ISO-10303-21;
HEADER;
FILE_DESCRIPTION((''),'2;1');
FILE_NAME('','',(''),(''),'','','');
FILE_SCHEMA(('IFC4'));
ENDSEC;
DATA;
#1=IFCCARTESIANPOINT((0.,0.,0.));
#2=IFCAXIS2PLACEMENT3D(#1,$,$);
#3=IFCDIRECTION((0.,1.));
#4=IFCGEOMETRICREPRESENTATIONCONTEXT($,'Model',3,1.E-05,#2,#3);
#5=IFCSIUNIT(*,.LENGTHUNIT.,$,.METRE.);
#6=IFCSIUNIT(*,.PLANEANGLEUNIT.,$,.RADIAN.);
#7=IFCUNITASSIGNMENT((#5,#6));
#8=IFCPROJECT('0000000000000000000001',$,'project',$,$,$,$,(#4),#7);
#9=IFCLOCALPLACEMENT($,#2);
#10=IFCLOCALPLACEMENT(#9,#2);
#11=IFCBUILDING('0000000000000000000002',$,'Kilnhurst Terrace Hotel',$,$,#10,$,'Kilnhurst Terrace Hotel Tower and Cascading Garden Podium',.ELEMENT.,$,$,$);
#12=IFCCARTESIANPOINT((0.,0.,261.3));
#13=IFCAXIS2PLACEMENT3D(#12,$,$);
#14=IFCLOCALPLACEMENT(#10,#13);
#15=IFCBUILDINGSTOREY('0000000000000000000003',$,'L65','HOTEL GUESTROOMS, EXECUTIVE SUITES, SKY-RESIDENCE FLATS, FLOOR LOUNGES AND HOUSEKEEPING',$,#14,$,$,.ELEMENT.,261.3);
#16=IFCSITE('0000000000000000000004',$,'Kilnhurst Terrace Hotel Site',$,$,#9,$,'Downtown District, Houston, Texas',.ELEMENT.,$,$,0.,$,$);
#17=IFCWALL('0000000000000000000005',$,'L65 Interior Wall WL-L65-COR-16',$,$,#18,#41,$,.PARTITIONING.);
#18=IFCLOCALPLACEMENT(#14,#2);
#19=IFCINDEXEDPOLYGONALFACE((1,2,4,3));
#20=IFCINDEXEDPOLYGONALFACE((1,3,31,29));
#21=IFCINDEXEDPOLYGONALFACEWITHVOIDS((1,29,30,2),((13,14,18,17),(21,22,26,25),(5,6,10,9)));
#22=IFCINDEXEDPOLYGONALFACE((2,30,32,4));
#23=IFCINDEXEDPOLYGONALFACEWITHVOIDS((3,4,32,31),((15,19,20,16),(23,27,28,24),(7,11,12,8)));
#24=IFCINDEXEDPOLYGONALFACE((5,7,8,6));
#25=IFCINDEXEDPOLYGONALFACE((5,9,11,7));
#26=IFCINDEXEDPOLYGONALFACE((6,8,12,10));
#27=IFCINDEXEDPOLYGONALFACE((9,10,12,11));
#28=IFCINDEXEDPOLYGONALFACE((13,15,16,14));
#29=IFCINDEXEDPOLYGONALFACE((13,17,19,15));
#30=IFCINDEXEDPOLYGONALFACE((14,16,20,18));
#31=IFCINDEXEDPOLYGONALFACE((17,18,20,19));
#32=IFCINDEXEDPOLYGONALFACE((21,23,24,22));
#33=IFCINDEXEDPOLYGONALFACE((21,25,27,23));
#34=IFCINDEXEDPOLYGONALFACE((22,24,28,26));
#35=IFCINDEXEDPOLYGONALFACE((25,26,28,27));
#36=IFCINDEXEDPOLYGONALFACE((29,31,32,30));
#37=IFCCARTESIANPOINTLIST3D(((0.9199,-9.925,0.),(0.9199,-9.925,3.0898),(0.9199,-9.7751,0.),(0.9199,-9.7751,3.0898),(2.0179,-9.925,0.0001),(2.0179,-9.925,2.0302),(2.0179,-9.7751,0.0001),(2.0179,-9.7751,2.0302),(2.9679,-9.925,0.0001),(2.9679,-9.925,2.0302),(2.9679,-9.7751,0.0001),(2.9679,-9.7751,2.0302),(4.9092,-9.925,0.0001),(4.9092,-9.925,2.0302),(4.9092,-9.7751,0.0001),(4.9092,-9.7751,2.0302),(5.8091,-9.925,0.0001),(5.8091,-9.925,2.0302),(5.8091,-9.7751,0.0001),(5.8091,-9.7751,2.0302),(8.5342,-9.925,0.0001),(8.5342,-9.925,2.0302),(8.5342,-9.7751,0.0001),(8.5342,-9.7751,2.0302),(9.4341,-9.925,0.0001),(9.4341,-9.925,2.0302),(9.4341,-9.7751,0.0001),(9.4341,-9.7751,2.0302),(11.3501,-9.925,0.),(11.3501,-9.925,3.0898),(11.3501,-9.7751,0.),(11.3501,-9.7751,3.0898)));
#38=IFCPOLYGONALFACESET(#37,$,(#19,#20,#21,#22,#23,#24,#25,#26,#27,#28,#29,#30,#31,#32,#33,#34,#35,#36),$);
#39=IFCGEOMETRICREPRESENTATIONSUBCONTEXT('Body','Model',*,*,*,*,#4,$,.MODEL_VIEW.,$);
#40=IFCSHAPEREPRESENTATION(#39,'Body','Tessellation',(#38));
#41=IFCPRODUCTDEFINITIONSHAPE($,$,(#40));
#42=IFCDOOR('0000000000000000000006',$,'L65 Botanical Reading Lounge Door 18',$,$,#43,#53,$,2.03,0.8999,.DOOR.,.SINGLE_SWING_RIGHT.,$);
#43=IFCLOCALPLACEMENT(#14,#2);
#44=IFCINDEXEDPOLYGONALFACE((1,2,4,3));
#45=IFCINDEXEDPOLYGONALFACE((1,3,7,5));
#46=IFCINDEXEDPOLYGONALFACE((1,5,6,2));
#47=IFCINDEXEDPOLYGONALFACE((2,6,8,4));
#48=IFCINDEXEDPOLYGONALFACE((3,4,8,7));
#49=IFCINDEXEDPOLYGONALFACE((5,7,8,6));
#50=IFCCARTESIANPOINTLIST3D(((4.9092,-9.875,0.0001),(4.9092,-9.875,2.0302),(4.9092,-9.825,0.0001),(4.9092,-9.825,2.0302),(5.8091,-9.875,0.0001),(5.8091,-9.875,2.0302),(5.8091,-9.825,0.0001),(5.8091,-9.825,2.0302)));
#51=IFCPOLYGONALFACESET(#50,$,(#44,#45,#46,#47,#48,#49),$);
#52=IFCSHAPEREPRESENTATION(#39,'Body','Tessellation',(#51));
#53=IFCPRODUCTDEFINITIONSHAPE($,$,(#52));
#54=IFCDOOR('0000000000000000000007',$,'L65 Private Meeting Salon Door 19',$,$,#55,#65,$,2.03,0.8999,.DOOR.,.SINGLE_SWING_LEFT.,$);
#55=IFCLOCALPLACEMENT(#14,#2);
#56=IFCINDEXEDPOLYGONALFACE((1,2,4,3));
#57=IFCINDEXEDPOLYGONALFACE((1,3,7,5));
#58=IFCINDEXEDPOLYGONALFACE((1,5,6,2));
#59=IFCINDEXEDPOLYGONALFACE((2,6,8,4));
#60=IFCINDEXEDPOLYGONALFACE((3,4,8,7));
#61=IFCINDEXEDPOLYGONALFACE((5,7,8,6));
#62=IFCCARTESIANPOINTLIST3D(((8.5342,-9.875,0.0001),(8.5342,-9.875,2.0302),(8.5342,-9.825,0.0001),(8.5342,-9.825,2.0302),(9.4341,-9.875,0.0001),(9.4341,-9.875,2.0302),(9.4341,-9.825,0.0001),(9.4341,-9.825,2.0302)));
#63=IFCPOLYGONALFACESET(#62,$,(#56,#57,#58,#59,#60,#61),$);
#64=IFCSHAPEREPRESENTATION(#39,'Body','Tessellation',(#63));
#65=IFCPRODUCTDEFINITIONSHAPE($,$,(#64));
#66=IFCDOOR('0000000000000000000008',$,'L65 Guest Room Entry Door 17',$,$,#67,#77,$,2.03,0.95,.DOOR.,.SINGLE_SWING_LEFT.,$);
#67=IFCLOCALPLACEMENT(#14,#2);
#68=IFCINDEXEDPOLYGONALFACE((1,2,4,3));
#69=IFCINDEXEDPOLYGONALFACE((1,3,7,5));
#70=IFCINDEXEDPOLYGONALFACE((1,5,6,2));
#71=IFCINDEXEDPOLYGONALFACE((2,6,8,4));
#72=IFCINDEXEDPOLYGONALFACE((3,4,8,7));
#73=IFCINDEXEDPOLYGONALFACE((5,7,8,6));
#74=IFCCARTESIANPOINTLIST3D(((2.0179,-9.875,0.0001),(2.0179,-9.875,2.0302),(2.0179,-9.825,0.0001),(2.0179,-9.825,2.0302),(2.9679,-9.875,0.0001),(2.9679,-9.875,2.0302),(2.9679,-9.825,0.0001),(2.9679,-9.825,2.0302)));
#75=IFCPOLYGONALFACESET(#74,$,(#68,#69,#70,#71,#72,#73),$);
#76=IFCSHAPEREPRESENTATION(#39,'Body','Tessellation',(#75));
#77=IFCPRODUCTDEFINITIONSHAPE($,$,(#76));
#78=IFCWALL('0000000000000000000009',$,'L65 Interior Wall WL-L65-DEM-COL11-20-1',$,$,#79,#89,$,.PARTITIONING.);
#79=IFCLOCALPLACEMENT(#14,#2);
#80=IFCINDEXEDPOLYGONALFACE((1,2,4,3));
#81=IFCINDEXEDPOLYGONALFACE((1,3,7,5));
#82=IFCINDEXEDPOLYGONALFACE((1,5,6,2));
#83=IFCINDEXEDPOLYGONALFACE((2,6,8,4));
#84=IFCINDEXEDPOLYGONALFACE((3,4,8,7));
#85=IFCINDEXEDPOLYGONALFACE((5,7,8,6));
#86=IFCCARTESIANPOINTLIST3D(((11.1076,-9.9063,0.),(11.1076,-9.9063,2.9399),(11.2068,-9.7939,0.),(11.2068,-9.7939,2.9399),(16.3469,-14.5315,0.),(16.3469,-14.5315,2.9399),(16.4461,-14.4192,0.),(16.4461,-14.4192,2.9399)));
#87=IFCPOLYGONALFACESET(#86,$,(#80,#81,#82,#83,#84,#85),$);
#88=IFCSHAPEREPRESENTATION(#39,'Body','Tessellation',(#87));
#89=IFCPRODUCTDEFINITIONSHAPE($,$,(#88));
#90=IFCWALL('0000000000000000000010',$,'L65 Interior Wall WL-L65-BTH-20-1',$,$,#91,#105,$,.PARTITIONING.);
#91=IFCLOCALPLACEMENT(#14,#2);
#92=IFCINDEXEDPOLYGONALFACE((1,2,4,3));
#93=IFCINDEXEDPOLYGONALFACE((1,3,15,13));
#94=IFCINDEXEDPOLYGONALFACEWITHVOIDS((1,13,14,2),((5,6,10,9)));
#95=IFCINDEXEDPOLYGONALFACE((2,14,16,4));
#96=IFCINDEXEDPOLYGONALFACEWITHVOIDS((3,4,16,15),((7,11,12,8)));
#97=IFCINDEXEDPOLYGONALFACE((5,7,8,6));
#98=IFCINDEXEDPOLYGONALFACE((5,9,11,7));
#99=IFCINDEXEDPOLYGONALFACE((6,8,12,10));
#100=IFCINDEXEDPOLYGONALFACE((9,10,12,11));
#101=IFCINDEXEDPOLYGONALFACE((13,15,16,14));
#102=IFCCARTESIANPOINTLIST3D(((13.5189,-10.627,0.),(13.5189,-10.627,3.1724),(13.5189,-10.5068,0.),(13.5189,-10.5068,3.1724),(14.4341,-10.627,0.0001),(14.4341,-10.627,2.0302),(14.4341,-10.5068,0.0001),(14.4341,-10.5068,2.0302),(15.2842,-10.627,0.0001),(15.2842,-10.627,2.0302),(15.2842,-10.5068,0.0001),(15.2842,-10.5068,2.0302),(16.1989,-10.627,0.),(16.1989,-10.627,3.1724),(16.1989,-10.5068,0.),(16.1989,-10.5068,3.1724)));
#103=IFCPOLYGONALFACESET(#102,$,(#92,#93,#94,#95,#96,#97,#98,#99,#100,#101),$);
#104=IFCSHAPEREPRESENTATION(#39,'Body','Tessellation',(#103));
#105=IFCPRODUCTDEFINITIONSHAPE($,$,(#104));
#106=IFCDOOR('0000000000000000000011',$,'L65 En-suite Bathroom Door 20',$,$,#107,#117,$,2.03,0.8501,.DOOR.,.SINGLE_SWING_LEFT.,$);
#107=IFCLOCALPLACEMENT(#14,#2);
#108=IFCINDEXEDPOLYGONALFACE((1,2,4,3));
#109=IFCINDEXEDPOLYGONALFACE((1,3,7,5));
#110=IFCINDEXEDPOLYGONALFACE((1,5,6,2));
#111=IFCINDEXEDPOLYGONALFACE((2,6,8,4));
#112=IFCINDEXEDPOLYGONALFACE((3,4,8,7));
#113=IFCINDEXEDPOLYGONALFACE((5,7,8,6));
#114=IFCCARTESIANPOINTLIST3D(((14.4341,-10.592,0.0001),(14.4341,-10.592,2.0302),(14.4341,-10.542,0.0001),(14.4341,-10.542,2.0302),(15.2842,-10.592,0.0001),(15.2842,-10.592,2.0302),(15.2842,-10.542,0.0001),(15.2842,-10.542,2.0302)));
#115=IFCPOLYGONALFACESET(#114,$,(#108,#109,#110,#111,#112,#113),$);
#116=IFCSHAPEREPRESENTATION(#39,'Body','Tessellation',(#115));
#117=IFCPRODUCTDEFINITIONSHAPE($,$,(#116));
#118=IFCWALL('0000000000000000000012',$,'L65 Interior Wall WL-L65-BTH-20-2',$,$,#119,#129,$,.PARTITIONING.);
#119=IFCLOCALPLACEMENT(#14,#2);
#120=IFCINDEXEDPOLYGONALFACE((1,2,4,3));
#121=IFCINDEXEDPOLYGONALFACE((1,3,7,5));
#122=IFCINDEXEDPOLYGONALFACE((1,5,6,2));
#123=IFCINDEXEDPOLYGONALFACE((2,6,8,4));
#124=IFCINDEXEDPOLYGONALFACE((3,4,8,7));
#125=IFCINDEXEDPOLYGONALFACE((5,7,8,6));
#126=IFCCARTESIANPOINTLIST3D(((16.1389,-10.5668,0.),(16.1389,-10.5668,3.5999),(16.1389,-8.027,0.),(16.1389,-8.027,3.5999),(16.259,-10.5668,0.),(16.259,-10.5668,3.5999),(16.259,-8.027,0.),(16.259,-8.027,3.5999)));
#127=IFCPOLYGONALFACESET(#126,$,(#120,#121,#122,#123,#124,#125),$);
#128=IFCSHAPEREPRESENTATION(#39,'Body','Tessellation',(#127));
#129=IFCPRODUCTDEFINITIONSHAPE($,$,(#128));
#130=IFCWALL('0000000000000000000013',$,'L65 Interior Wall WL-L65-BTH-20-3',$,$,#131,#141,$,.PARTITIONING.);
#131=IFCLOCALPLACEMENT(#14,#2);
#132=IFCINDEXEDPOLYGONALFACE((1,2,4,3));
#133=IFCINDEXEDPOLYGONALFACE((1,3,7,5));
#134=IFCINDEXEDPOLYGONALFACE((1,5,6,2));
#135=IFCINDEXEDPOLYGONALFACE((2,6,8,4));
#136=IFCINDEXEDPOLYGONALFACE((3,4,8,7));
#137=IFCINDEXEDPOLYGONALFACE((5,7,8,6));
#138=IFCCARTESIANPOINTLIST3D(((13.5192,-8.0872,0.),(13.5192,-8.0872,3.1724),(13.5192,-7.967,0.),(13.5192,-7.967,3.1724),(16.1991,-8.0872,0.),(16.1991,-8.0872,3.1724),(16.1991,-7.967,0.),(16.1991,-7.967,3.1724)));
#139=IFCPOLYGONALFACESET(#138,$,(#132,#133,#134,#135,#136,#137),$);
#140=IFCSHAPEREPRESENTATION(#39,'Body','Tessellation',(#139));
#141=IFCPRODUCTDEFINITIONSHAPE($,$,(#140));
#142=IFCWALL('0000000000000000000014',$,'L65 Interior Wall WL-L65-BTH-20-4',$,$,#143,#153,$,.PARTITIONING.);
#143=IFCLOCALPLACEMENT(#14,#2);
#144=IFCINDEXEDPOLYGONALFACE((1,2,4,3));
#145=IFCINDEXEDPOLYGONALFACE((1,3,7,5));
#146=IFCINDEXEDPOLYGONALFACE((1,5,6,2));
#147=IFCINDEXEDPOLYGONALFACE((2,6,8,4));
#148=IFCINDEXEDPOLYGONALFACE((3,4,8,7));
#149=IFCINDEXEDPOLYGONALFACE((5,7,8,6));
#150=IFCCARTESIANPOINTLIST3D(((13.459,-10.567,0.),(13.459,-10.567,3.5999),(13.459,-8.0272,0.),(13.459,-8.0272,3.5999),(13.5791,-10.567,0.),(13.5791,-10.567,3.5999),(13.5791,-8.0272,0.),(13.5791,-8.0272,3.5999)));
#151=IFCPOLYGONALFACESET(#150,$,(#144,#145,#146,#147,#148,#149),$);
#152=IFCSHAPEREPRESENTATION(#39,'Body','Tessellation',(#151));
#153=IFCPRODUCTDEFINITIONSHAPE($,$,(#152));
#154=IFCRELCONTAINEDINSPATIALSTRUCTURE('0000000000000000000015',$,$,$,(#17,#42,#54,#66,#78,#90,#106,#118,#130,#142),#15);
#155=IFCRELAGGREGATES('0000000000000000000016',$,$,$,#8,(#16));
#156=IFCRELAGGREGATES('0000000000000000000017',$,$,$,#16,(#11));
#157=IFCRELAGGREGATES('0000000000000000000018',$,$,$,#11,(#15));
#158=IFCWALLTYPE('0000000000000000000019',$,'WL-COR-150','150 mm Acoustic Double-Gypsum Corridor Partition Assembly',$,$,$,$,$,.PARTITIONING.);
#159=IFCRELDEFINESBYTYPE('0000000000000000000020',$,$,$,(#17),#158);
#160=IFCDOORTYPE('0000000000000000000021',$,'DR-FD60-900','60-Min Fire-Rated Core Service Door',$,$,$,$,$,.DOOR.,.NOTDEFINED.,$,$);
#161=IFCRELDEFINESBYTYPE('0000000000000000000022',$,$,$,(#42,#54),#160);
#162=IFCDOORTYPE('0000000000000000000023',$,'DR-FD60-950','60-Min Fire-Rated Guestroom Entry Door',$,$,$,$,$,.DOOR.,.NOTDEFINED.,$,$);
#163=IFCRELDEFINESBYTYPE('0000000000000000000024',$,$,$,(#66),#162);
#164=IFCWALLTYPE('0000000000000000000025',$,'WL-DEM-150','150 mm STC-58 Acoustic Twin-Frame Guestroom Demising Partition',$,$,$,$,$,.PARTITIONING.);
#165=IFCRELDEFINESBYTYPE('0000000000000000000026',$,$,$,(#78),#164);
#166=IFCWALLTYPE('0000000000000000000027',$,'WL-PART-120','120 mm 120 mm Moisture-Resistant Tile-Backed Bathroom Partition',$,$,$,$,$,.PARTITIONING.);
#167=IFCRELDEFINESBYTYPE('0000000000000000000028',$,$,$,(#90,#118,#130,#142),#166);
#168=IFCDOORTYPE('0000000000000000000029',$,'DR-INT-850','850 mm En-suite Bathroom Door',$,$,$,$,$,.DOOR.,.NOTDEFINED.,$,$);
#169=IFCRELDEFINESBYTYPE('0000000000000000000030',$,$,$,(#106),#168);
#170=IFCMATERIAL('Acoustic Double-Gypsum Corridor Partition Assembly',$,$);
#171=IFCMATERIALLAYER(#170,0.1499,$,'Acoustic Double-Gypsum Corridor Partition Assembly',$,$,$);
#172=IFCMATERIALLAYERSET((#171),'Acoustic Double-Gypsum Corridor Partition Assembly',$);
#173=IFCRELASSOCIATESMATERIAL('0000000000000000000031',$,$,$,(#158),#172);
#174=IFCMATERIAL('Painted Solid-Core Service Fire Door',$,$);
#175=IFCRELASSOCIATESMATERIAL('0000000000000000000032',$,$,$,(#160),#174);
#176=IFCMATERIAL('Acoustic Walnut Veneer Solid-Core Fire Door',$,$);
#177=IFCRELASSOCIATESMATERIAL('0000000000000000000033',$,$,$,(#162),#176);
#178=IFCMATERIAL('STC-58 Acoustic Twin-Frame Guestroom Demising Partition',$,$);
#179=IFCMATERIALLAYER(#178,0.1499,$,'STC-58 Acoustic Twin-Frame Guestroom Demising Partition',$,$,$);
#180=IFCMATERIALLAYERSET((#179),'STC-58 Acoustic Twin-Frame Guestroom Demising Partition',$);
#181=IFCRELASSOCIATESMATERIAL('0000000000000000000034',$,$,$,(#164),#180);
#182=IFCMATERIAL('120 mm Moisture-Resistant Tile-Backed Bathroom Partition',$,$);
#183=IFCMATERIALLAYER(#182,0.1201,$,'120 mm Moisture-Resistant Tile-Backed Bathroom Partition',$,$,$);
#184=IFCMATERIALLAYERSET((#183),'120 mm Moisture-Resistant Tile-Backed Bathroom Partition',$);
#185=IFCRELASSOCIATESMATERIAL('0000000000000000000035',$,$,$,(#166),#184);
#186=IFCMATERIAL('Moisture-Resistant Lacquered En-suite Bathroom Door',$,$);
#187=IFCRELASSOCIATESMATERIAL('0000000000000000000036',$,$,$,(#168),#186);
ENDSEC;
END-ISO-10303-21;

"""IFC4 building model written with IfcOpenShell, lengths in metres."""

from ifc_helpers import new_model, si_unit, direction, frame, frame_2d, origin, place, context, subcontext, project, spatial, rectangle, extrude, material, layer, layer_set, type_object, element, fill, save


model = new_model("IFC4")

# Units and contexts
model_context = context("Model", 3, precision=1e-05, world=origin(), true_north=direction((0.0, 1.0)))
body_context = subcontext(model_context, "Body", "Model", "MODEL_VIEW")
ifc_project = project(units=[si_unit("LENGTHUNIT", "METRE"), si_unit("PLANEANGLEUNIT", "RADIAN")], contexts=[model_context])

# Site, building, storey
site_placement = place(None, origin())
site = spatial("IfcSite", under=ifc_project, at=site_placement, Name="Kilnhurst Terrace Hotel Site", LongName="Downtown District, Houston, Texas", CompositionType="ELEMENT", RefElevation=0.0)
building_placement = place(site_placement, origin())
building = spatial("IfcBuilding", under=site, at=building_placement, Name="Kilnhurst Terrace Hotel", LongName="Kilnhurst Terrace Hotel Tower and Cascading Garden Podium", CompositionType="ELEMENT")
storey_placement = place(building_placement, frame((0.0, 0.0, 261.3)))
storey = spatial("IfcBuildingStorey", under=building, at=storey_placement, Name="L65", Description="HOTEL GUESTROOMS, EXECUTIVE SUITES, SKY-RESIDENCE FLATS, FLOOR LOUNGES AND HOUSEKEEPING", CompositionType="ELEMENT", Elevation=261.3)

# Wall, openings, doors
ifc_material_1 = material(Name="Acoustic Double-Gypsum Corridor Partition Assembly")
ifc_layer_1 = layer(ifc_material_1, 0.1499, Name="Acoustic Double-Gypsum Corridor Partition Assembly")
ifc_layer_set_1 = layer_set([ifc_layer_1], Name="Acoustic Double-Gypsum Corridor Partition Assembly")
wall_type_1 = type_object("IfcWallType", Name="WL-COR-150", Description="150 mm Acoustic Double-Gypsum Corridor Partition Assembly", PredefinedType="PARTITIONING", material=ifc_layer_set_1)
wall_1_placement = place(storey_placement, frame((11.3501, -9.8501, 0.0), z_axis=(0.0, 0.0, 1.0), x_axis=(-1.0, 0.0, 0.0)))
wall_1 = element("IfcWall", 1, at=wall_1_placement, inside=storey, type_object=wall_type_1, Name="L65 Interior Wall WL-L65-COR-16", PredefinedType="PARTITIONING", context=body_context, shape_type="SweptSolid", body=[
    extrude(rectangle(XDim=10.4302, YDim=0.1499, at=frame_2d((5.2151, 0.0))), origin(), (0.0, 0.0, 1.0), 3.0898),
])
opening_1_placement = place(wall_1_placement, frame((8.3821, 0.0, 0.0)))
opening_1 = element("IfcOpeningElement", 2, at=opening_1_placement, cuts=wall_1, PredefinedType="OPENING", context=body_context, shape_type="SweptSolid", body=[
    extrude(rectangle(XDim=0.95, YDim=2.03, at=frame_2d((0.4751, 1.0151))), frame((0.0, 0.085, 0.0), z_axis=(0.0, -1.0, 0.0), x_axis=(1.0, 0.0, 0.0)), (0.0, 0.0, 1.0), 0.1699),
])
opening_2_placement = place(wall_1_placement, frame((5.541, 0.0, 0.0)))
opening_2 = element("IfcOpeningElement", 3, at=opening_2_placement, cuts=wall_1, PredefinedType="OPENING", context=body_context, shape_type="SweptSolid", body=[
    extrude(rectangle(XDim=0.8999, YDim=2.03, at=frame_2d((0.45, 1.0151))), frame((0.0, 0.085, 0.0), z_axis=(0.0, -1.0, 0.0), x_axis=(1.0, 0.0, 0.0)), (0.0, 0.0, 1.0), 0.1699),
])
opening_3_placement = place(wall_1_placement, frame((1.916, 0.0, 0.0)))
opening_3 = element("IfcOpeningElement", 4, at=opening_3_placement, cuts=wall_1, PredefinedType="OPENING", context=body_context, shape_type="SweptSolid", body=[
    extrude(rectangle(XDim=0.8999, YDim=2.03, at=frame_2d((0.45, 1.0151))), frame((0.0, 0.085, 0.0), z_axis=(0.0, -1.0, 0.0), x_axis=(1.0, 0.0, 0.0)), (0.0, 0.0, 1.0), 0.1699),
])
ifc_material_2 = material(Name="Painted Solid-Core Service Fire Door")
door_type_1 = type_object("IfcDoorType", Name="DR-FD60-900", Description="60-Min Fire-Rated Core Service Door", OperationType="NOTDEFINED", PredefinedType="DOOR", material=ifc_material_2)
door_1_placement = place(opening_2_placement, origin())
door_1 = element("IfcDoor", 5, at=door_1_placement, inside=storey, type_object=door_type_1, Name="L65 Botanical Reading Lounge Door 18", OperationType="SINGLE_SWING_RIGHT", OverallHeight=2.03, OverallWidth=0.8999, PredefinedType="DOOR", context=body_context, shape_type="SweptSolid", body=[
    extrude(rectangle(XDim=0.8999, YDim=2.03, at=frame_2d((0.45, 1.0151))), frame((0.0, 0.0249, 0.0), z_axis=(0.0, -1.0, 0.0), x_axis=(1.0, 0.0, 0.0)), (0.0, 0.0, 1.0), 0.05),
])
fill(opening_2, door_1)
door_2_placement = place(opening_3_placement, origin())
door_2 = element("IfcDoor", 6, at=door_2_placement, inside=storey, type_object=door_type_1, Name="L65 Private Meeting Salon Door 19", OperationType="SINGLE_SWING_LEFT", OverallHeight=2.03, OverallWidth=0.8999, PredefinedType="DOOR", context=body_context, shape_type="SweptSolid", body=[
    extrude(rectangle(XDim=0.8999, YDim=2.03, at=frame_2d((0.45, 1.0151))), frame((0.0, 0.0249, 0.0), z_axis=(0.0, -1.0, 0.0), x_axis=(1.0, 0.0, 0.0)), (0.0, 0.0, 1.0), 0.05),
])
fill(opening_3, door_2)
ifc_material_3 = material(Name="Acoustic Walnut Veneer Solid-Core Fire Door")
door_type_2 = type_object("IfcDoorType", Name="DR-FD60-950", Description="60-Min Fire-Rated Guestroom Entry Door", OperationType="NOTDEFINED", PredefinedType="DOOR", material=ifc_material_3)
door_3_placement = place(opening_1_placement, origin())
door_3 = element("IfcDoor", 7, at=door_3_placement, inside=storey, type_object=door_type_2, Name="L65 Guest Room Entry Door 17", OperationType="SINGLE_SWING_LEFT", OverallHeight=2.03, OverallWidth=0.95, PredefinedType="DOOR", context=body_context, shape_type="SweptSolid", body=[
    extrude(rectangle(XDim=0.95, YDim=2.03, at=frame_2d((0.4751, 1.0151))), frame((0.0, 0.0249, 0.0), z_axis=(0.0, -1.0, 0.0), x_axis=(1.0, 0.0, 0.0)), (0.0, 0.0, 1.0), 0.05),
])
fill(opening_1, door_3)

# Wall
ifc_material_4 = material(Name="STC-58 Acoustic Twin-Frame Guestroom Demising Partition")
ifc_layer_2 = layer(ifc_material_4, 0.1499, Name="STC-58 Acoustic Twin-Frame Guestroom Demising Partition")
ifc_layer_set_2 = layer_set([ifc_layer_2], Name="STC-58 Acoustic Twin-Frame Guestroom Demising Partition")
wall_type_2 = type_object("IfcWallType", Name="WL-DEM-150", Description="150 mm STC-58 Acoustic Twin-Frame Guestroom Demising Partition", PredefinedType="PARTITIONING", material=ifc_layer_set_2)
wall_2_placement = place(storey_placement, frame((11.1572, -9.8501, 0.0), z_axis=(0.0, 0.0, 1.0), x_axis=(0.74967, -0.661812, 0.0)))
element("IfcWall", 8, at=wall_2_placement, inside=storey, type_object=wall_type_2, Name="L65 Interior Wall WL-L65-DEM-COL11-20-1", PredefinedType="PARTITIONING", context=body_context, shape_type="SweptSolid", body=[
    extrude(rectangle(XDim=6.9888, YDim=0.1499, at=frame_2d((3.4944, 0.0))), origin(), (0.0, 0.0, 1.0), 2.9399),
])

# Wall, opening, door
ifc_material_5 = material(Name="120 mm Moisture-Resistant Tile-Backed Bathroom Partition")
ifc_layer_3 = layer(ifc_material_5, 0.1201, Name="120 mm Moisture-Resistant Tile-Backed Bathroom Partition")
ifc_layer_set_3 = layer_set([ifc_layer_3], Name="120 mm Moisture-Resistant Tile-Backed Bathroom Partition")
wall_type_3 = type_object("IfcWallType", Name="WL-PART-120", Description="120 mm 120 mm Moisture-Resistant Tile-Backed Bathroom Partition", PredefinedType="PARTITIONING", material=ifc_layer_set_3)
wall_3_placement = place(storey_placement, frame((13.519, -10.5669, 0.0), z_axis=(0.0, 0.0, 1.0), x_axis=(1.0, 0.0, 0.0)))
wall_3 = element("IfcWall", 9, at=wall_3_placement, inside=storey, type_object=wall_type_3, Name="L65 Interior Wall WL-L65-BTH-20-1", PredefinedType="PARTITIONING", context=body_context, shape_type="SweptSolid", body=[
    extrude(rectangle(XDim=2.6799, YDim=0.1201, at=frame_2d((1.3398, 0.0))), origin(), (0.0, 0.0, 1.0), 3.1724),
])
opening_4_placement = place(wall_3_placement, frame((0.915, 0.0, 0.0)))
opening_4 = element("IfcOpeningElement", 10, at=opening_4_placement, cuts=wall_3, PredefinedType="OPENING", context=body_context, shape_type="SweptSolid", body=[
    extrude(rectangle(XDim=0.8501, YDim=2.03, at=frame_2d((0.425, 1.0151))), frame((0.0, 0.0701, 0.0), z_axis=(0.0, -1.0, 0.0), x_axis=(1.0, 0.0, 0.0)), (0.0, 0.0, 1.0), 0.1401),
])
ifc_material_6 = material(Name="Moisture-Resistant Lacquered En-suite Bathroom Door")
door_type_3 = type_object("IfcDoorType", Name="DR-INT-850", Description="850 mm En-suite Bathroom Door", OperationType="NOTDEFINED", PredefinedType="DOOR", material=ifc_material_6)
door_4_placement = place(opening_4_placement, origin())
door_4 = element("IfcDoor", 11, at=door_4_placement, inside=storey, type_object=door_type_3, Name="L65 En-suite Bathroom Door 20", OperationType="SINGLE_SWING_LEFT", OverallHeight=2.03, OverallWidth=0.8501, PredefinedType="DOOR", context=body_context, shape_type="SweptSolid", body=[
    extrude(rectangle(XDim=0.8501, YDim=2.03, at=frame_2d((0.425, 1.0151))), frame((0.0, 0.0249, 0.0), z_axis=(0.0, -1.0, 0.0), x_axis=(1.0, 0.0, 0.0)), (0.0, 0.0, 1.0), 0.05),
])
fill(opening_4, door_4)

# Walls
wall_4_placement = place(storey_placement, frame((16.199, -10.5669, 0.0), z_axis=(0.0, 0.0, 1.0), x_axis=(0.0, 1.0, 0.0)))
element("IfcWall", 12, at=wall_4_placement, inside=storey, type_object=wall_type_3, Name="L65 Interior Wall WL-L65-BTH-20-2", PredefinedType="PARTITIONING", context=body_context, shape_type="SweptSolid", body=[
    extrude(rectangle(XDim=2.5398, YDim=0.1201, at=frame_2d((1.27, 0.0))), origin(), (0.0, 0.0, 1.0), 3.5999),
])
wall_5_placement = place(storey_placement, frame((16.199, -8.0271, 0.0), z_axis=(0.0, 0.0, 1.0), x_axis=(-1.0, 0.0, 0.0)))
element("IfcWall", 13, at=wall_5_placement, inside=storey, type_object=wall_type_3, Name="L65 Interior Wall WL-L65-BTH-20-3", PredefinedType="PARTITIONING", context=body_context, shape_type="SweptSolid", body=[
    extrude(rectangle(XDim=2.6799, YDim=0.1201, at=frame_2d((1.3398, 0.0))), origin(), (0.0, 0.0, 1.0), 3.1724),
])
wall_6_placement = place(storey_placement, frame((13.519, -8.0271, 0.0), z_axis=(0.0, 0.0, 1.0), x_axis=(0.0, -1.0, 0.0)))
element("IfcWall", 14, at=wall_6_placement, inside=storey, type_object=wall_type_3, Name="L65 Interior Wall WL-L65-BTH-20-4", PredefinedType="PARTITIONING", context=body_context, shape_type="SweptSolid", body=[
    extrude(rectangle(XDim=2.5398, YDim=0.1201, at=frame_2d((1.27, 0.0))), origin(), (0.0, 0.0, 1.0), 3.5999),
])

save(model, "model.ifc")
